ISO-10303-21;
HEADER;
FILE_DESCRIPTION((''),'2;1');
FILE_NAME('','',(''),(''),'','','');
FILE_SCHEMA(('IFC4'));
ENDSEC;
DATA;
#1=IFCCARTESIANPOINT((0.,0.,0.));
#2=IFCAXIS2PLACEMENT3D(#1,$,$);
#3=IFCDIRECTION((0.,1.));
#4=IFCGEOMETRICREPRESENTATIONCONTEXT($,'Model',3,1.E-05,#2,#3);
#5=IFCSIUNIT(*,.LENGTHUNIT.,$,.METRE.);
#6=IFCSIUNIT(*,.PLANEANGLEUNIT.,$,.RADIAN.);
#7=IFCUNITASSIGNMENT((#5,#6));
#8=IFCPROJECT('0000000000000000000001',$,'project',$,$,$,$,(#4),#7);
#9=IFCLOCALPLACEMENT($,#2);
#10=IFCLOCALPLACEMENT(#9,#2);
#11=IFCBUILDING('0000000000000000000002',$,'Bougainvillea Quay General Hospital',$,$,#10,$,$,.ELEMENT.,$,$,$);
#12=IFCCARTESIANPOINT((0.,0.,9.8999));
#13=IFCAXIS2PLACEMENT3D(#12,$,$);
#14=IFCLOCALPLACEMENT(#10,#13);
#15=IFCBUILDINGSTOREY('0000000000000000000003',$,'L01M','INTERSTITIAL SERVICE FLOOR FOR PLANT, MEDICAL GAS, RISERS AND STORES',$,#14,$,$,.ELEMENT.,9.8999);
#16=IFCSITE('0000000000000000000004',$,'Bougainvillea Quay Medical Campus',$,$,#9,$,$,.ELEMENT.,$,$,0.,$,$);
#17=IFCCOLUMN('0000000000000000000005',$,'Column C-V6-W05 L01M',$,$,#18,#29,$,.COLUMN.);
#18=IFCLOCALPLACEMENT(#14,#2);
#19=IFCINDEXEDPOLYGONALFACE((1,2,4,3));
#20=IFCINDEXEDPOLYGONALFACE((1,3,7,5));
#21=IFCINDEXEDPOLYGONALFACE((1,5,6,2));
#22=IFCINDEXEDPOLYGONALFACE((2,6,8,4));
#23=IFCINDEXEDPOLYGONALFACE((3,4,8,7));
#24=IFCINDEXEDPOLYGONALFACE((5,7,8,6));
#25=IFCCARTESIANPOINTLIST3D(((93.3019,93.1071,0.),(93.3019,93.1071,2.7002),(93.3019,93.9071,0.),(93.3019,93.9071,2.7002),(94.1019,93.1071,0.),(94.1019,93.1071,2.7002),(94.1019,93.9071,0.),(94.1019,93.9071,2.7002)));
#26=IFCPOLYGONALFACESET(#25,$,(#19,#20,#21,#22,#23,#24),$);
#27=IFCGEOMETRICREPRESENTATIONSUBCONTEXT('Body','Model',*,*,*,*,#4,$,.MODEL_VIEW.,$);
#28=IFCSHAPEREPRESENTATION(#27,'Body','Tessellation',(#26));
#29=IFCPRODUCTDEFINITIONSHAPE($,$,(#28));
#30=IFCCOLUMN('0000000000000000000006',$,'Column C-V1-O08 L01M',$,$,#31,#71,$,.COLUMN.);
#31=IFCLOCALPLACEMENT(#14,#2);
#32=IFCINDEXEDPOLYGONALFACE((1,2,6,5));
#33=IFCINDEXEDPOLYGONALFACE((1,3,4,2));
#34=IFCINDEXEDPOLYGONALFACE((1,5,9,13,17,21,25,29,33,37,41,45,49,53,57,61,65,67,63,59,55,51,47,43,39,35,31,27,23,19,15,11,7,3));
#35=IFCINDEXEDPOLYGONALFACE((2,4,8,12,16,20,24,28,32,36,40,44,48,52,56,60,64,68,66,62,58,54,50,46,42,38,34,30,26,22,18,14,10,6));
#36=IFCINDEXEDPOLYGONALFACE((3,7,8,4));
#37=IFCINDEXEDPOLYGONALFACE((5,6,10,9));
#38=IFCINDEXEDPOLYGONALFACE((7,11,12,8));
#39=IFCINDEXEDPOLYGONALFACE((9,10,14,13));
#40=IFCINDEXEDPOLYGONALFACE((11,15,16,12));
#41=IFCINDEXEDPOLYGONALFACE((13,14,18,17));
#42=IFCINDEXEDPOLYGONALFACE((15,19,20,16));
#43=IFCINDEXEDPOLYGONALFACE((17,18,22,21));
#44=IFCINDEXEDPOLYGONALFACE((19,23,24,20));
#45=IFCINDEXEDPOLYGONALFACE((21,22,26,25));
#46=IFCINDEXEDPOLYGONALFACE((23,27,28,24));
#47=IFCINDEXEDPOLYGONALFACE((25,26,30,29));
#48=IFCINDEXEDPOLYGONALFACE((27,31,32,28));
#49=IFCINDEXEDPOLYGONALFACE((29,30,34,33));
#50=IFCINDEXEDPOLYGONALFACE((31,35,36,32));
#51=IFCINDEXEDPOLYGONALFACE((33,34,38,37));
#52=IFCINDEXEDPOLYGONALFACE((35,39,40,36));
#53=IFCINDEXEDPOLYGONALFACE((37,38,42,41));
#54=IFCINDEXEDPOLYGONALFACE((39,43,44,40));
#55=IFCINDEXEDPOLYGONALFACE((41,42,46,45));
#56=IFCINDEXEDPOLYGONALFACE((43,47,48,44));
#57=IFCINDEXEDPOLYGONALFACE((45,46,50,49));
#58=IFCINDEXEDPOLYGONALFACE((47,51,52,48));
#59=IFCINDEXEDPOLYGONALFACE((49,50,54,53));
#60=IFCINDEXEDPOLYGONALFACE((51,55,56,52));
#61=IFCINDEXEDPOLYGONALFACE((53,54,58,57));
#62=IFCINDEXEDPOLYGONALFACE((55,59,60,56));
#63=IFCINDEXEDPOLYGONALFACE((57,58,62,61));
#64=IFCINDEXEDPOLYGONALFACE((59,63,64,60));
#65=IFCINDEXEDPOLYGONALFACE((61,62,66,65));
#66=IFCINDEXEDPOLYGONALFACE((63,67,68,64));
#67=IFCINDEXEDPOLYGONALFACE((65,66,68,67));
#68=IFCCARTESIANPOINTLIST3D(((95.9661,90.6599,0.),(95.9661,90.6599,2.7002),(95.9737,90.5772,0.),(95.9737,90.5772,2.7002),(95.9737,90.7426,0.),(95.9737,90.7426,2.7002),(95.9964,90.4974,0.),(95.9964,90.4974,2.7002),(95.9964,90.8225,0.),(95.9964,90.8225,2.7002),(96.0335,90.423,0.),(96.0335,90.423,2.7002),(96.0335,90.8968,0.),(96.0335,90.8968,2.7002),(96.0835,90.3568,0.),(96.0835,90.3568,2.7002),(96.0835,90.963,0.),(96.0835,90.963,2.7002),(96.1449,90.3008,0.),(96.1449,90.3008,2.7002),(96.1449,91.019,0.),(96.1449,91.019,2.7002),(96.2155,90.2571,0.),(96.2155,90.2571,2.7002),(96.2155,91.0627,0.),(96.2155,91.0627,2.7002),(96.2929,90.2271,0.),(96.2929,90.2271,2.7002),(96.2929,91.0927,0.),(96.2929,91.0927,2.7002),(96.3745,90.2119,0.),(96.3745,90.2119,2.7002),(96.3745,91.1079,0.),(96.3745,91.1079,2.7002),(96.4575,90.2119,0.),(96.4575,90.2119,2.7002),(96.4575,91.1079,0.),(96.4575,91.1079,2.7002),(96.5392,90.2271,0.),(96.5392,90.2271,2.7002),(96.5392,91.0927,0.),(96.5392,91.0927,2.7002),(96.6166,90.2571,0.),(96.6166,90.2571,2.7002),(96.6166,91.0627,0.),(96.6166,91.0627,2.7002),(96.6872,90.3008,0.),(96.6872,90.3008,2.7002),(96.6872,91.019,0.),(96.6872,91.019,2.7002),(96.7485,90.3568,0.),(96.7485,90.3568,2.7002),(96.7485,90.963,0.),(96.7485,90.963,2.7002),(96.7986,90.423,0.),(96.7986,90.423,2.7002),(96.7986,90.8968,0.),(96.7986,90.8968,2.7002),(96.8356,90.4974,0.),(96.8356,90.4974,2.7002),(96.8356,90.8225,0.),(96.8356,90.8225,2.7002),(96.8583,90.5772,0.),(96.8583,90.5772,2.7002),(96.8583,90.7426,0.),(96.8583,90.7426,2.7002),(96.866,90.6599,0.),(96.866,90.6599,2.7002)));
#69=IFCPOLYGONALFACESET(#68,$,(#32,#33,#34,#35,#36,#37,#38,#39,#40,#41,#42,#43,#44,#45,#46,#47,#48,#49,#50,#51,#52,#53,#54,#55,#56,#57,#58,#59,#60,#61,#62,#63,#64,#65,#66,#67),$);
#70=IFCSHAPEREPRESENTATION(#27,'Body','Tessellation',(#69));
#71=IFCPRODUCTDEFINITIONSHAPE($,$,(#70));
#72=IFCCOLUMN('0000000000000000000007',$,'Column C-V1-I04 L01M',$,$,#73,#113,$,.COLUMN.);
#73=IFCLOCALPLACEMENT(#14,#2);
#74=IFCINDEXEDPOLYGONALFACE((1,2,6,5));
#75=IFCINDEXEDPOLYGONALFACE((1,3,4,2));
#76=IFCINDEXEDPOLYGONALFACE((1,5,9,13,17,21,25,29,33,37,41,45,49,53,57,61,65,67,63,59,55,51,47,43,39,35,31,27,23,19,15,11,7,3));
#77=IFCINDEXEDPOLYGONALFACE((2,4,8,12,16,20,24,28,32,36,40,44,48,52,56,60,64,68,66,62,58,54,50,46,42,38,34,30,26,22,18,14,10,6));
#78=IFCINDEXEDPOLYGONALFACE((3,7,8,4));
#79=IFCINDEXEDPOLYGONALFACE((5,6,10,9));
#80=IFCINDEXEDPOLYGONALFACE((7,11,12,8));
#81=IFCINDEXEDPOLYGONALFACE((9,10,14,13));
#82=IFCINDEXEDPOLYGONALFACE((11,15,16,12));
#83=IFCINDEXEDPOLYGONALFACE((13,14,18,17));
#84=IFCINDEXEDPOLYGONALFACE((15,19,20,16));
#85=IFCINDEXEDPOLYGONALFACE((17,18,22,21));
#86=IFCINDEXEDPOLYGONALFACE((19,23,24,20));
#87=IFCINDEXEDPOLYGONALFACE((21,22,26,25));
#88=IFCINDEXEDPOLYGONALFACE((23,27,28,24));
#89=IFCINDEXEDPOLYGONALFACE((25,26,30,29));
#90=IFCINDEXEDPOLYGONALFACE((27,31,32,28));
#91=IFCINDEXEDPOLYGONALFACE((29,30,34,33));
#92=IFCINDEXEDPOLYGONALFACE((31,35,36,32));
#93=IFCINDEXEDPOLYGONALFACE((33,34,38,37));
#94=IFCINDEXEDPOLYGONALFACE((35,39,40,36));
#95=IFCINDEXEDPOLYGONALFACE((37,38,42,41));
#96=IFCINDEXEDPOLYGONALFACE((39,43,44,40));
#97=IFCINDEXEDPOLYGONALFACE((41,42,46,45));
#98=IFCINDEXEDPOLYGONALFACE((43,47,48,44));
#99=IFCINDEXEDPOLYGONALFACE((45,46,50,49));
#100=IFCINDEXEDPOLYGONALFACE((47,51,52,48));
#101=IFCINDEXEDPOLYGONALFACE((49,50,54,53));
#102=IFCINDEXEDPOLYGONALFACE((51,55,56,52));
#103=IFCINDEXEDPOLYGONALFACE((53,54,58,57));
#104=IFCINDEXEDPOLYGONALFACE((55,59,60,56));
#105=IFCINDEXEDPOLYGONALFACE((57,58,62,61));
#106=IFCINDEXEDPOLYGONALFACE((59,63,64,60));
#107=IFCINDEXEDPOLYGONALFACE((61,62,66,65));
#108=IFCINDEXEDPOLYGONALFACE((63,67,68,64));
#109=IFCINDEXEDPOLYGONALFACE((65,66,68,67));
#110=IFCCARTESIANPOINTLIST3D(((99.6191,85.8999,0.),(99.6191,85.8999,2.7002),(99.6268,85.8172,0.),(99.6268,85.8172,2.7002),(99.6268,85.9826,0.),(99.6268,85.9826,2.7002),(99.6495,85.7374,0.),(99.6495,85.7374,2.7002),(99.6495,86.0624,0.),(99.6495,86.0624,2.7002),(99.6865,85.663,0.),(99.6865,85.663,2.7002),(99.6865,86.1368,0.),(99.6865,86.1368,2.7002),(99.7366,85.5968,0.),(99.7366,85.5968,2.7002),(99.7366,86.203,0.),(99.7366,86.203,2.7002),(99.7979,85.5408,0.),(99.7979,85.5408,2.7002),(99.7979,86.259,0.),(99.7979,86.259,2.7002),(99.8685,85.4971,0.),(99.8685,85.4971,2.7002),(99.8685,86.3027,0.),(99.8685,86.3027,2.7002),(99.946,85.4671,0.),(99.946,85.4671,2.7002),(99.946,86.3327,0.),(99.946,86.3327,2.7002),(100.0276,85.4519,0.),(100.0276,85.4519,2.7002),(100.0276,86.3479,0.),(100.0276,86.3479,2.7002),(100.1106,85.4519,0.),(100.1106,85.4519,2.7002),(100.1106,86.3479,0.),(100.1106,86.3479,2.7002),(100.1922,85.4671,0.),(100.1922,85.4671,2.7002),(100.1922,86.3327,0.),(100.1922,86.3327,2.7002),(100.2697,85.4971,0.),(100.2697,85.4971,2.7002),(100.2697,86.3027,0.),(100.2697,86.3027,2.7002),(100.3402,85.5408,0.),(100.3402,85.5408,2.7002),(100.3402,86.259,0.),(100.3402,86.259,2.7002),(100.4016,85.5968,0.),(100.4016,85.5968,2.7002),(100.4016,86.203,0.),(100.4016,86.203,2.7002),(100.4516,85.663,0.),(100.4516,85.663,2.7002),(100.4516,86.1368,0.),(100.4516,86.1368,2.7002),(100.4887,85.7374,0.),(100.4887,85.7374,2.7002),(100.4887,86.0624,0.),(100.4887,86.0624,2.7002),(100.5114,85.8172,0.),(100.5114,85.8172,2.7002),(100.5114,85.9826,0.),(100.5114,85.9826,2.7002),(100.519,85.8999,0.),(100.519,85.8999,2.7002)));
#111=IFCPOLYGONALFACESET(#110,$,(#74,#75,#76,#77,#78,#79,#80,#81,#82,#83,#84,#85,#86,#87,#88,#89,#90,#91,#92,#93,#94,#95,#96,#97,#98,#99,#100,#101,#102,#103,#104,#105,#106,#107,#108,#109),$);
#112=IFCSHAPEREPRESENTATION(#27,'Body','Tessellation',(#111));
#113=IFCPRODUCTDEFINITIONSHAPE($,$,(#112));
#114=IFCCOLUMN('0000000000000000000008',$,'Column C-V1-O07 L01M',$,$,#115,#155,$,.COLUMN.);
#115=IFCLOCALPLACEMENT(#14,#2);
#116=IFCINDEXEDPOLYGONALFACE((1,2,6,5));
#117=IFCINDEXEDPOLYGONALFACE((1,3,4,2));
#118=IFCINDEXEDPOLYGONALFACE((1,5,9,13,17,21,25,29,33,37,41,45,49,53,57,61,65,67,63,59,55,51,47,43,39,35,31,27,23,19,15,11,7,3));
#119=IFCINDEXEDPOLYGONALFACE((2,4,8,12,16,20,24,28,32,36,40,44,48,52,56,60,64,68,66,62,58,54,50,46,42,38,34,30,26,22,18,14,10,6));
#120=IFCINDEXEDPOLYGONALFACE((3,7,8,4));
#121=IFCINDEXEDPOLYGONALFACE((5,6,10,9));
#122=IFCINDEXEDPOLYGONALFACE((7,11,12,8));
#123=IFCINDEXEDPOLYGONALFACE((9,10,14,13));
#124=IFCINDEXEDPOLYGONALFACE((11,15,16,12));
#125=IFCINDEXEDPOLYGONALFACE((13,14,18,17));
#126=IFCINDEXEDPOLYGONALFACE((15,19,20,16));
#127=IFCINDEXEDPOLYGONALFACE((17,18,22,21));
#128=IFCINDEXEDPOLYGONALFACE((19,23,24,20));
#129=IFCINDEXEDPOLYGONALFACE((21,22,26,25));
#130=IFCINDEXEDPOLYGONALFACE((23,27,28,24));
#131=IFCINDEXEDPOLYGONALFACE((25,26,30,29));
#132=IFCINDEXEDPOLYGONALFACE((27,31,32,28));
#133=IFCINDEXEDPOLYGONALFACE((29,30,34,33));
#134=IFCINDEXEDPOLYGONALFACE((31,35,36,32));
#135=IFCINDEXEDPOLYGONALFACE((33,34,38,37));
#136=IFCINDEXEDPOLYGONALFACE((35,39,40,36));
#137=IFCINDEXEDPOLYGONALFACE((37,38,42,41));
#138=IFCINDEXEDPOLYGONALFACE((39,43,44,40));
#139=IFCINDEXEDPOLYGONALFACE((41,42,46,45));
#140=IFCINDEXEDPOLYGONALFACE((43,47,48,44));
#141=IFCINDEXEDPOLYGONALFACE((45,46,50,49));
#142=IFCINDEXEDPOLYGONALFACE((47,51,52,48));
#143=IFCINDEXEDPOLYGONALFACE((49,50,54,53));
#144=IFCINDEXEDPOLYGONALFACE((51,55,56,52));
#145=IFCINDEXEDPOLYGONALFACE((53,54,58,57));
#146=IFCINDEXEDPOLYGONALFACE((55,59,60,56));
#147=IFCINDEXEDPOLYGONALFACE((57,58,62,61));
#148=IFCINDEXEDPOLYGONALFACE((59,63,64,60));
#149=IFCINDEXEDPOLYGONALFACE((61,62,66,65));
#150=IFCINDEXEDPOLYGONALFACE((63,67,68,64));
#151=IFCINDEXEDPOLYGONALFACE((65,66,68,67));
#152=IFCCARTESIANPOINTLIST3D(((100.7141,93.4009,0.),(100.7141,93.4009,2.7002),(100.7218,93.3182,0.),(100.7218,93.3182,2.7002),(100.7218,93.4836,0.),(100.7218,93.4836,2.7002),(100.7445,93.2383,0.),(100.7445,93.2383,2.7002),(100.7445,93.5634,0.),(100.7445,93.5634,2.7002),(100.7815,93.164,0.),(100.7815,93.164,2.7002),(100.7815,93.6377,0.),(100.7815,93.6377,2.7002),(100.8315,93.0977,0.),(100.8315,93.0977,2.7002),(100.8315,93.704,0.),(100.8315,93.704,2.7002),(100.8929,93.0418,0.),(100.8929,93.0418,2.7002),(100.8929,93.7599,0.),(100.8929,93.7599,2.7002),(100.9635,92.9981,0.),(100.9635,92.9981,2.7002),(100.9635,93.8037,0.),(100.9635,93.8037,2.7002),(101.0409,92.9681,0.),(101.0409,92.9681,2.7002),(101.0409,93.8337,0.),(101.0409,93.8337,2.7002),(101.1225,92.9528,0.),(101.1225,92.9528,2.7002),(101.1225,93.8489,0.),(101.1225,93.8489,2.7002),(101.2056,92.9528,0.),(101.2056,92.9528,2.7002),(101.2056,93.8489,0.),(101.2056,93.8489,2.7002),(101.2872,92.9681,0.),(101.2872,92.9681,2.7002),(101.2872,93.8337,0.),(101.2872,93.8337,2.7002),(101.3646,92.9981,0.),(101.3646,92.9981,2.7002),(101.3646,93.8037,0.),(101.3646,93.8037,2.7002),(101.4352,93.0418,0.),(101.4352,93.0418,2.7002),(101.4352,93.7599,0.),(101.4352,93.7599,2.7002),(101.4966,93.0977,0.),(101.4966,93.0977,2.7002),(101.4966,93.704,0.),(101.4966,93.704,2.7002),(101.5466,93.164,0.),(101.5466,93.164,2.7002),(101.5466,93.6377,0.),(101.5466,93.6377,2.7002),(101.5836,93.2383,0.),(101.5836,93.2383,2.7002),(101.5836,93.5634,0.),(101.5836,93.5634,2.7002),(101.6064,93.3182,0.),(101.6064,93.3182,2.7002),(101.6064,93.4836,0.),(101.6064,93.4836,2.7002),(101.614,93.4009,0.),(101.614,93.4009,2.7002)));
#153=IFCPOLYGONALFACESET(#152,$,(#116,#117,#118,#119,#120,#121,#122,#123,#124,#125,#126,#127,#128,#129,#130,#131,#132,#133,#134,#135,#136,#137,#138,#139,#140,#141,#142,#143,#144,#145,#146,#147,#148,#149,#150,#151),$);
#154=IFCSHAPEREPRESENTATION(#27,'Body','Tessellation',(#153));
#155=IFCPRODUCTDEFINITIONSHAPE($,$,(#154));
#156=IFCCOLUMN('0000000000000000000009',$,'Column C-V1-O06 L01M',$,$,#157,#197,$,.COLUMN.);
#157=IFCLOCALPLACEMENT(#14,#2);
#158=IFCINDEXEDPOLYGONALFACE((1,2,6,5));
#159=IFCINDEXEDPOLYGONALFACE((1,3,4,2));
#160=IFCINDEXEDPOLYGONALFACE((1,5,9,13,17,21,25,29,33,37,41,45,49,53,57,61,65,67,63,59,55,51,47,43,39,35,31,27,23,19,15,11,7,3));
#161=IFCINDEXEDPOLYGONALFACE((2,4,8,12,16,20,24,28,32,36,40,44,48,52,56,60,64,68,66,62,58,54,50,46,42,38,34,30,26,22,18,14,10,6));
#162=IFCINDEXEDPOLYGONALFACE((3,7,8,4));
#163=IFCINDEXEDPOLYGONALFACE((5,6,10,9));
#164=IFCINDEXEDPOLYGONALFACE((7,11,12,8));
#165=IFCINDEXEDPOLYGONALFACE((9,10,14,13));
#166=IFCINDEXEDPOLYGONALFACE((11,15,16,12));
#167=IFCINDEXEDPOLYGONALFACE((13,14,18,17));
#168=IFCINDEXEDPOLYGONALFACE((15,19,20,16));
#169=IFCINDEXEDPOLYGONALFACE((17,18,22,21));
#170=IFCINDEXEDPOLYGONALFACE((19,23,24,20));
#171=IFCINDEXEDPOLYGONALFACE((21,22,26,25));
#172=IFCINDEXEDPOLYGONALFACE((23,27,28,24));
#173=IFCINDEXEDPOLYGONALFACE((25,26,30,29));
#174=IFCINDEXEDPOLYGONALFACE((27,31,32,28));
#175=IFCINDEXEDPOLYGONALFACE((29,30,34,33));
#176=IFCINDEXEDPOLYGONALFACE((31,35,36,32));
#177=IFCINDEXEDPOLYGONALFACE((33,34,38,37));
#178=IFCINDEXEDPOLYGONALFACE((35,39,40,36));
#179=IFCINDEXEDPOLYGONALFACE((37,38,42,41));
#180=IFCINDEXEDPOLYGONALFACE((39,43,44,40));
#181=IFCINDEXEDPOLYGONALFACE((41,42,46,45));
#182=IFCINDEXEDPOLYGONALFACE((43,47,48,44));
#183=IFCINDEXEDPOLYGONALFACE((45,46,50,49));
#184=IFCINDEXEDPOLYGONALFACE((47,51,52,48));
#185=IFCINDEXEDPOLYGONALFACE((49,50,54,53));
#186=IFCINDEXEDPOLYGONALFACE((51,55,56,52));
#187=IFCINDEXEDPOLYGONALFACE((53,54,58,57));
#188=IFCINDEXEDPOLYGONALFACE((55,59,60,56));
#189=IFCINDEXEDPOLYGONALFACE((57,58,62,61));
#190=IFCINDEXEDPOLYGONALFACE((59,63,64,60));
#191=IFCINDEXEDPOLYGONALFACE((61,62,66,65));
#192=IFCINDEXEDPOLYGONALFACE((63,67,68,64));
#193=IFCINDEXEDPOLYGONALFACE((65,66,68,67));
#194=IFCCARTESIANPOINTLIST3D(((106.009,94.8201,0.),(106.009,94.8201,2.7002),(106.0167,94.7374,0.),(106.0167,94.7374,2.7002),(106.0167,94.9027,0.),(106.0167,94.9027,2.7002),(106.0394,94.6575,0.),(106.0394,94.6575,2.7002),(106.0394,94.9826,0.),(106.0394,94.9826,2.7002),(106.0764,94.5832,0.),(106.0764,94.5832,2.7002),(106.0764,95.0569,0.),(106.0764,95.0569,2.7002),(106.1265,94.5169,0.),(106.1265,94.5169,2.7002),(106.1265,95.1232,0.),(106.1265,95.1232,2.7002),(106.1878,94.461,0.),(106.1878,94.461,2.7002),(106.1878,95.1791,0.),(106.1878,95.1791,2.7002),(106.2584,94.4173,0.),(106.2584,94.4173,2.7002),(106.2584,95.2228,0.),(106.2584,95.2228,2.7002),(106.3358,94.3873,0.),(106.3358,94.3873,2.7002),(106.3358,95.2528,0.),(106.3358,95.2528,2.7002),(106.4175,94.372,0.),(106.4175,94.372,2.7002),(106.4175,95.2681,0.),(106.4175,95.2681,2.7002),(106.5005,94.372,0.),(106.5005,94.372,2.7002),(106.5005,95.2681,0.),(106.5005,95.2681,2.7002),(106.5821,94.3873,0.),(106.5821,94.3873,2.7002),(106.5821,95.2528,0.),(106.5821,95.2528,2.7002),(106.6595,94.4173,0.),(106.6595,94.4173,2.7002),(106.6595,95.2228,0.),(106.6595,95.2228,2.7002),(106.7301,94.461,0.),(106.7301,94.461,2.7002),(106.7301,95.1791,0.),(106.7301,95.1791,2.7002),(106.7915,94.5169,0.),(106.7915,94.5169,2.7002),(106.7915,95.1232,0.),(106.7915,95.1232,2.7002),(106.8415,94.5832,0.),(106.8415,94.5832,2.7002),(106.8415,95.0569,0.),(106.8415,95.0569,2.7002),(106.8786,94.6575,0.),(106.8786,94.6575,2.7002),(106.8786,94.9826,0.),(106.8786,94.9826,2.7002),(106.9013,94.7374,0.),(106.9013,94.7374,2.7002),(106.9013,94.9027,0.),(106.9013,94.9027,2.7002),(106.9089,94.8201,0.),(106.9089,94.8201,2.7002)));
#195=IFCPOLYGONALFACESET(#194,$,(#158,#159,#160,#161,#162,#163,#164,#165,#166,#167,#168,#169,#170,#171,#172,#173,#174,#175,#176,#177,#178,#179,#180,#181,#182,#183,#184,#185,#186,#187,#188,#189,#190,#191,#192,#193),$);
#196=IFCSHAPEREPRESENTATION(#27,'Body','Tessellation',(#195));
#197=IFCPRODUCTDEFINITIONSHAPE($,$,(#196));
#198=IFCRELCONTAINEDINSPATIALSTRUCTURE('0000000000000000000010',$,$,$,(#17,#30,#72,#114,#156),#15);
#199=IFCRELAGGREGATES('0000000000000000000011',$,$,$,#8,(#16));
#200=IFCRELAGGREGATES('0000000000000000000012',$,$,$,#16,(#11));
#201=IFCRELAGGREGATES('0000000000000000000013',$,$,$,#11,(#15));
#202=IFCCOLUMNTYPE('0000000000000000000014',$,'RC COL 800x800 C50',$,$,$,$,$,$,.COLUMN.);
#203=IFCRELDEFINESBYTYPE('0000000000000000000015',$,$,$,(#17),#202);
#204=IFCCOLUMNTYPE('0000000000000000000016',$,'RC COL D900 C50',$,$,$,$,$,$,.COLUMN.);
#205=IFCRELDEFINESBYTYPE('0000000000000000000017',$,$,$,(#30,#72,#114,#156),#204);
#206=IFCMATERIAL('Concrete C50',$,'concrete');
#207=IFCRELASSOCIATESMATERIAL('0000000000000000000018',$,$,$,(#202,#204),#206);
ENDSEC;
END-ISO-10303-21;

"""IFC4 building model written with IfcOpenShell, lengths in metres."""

from ifc_helpers import new_model, si_unit, direction, frame, origin, origin_2d, place, context, subcontext, project, spatial, rectangle, circle, extrude, material, material_profile, profile_set, type_object, element, save


model = new_model("IFC4")

# Units and contexts
model_context = context("Model", 3, precision=1e-05, world=origin(), true_north=direction((0.0, 1.0)))
body_context = subcontext(model_context, "Body", "Model", "MODEL_VIEW")
ifc_project = project(units=[si_unit("LENGTHUNIT", "METRE"), si_unit("PLANEANGLEUNIT", "RADIAN")], contexts=[model_context])

# Site, building, storey
site_placement = place(None, origin())
site = spatial("IfcSite", under=ifc_project, at=site_placement, Name="Bougainvillea Quay Medical Campus", CompositionType="ELEMENT", RefElevation=0.0)
building_placement = place(site_placement, origin())
building = spatial("IfcBuilding", under=site, at=building_placement, Name="Bougainvillea Quay General Hospital", CompositionType="ELEMENT")
storey_placement = place(building_placement, frame((0.0, 0.0, 9.8999)))
storey = spatial("IfcBuildingStorey", under=building, at=storey_placement, Name="L01M", Description="INTERSTITIAL SERVICE FLOOR FOR PLANT, MEDICAL GAS, RISERS AND STORES", CompositionType="ELEMENT", Elevation=9.8999)

# Columns
ifc_material_1 = material(Name="Concrete C50", Category="concrete")
ifc_material_profile_1 = material_profile(ifc_material_1, rectangle(XDim=0.8, YDim=0.8, at=origin_2d()))
ifc_profile_set_1 = profile_set([ifc_material_profile_1], Name="Concrete C50")
column_type_1 = type_object("IfcColumnType", Name="RC COL 800x800 C50", PredefinedType="COLUMN", material=ifc_profile_set_1)
column_placement = place(storey_placement, frame((93.7019, 93.5071, 0.0), z_axis=(0.0, 0.0, 1.0), x_axis=(1.0, 0.0, 0.0)))
element("IfcColumn", 1, at=column_placement, inside=storey, type_object=column_type_1, Name="Column C-V6-W05 L01M", PredefinedType="COLUMN", context=body_context, shape_type="SweptSolid", body=[
    extrude(rectangle(XDim=0.8, YDim=0.8, at=origin_2d()), origin(), (0.0, 0.0, 1.0), 2.7002),
])
ifc_material_profile_2 = material_profile(ifc_material_1, circle(Radius=0.45, at=origin_2d()))
ifc_profile_set_2 = profile_set([ifc_material_profile_2], Name="Concrete C50")
column_type_2 = type_object("IfcColumnType", Name="RC COL D900 C50", PredefinedType="COLUMN", material=ifc_profile_set_2)
for number, where, z_axis, x_axis, name in (
    (2, (96.416, 90.6599, 0.0), (0.0, 0.0, 1.0), (1.0, 0.0, 0.0), "Column C-V1-O08 L01M"),
    (3, (100.0691, 85.8999, 0.0), (0.0, 0.0, 1.0), (1.0, 0.0, 0.0), "Column C-V1-I04 L01M"),
    (4, (101.1641, 93.4009, 0.0), (0.0, 0.0, 1.0), (1.0, 0.0, 0.0), "Column C-V1-O07 L01M"),
    (5, (106.459, 94.8201, 0.0), (0.0, 0.0, 1.0), (1.0, 0.0, 0.0), "Column C-V1-O06 L01M"),
):
    element("IfcColumn", number, at=place(storey_placement, frame(where, z_axis=z_axis, x_axis=x_axis)), inside=storey, type_object=column_type_2, Name=name, PredefinedType="COLUMN", context=body_context, shape_type="SweptSolid", body=[
        extrude(circle(Radius=0.45, at=origin_2d()), origin(), (0.0, 0.0, 1.0), 2.7002),
    ])

save(model, "model.ifc")
